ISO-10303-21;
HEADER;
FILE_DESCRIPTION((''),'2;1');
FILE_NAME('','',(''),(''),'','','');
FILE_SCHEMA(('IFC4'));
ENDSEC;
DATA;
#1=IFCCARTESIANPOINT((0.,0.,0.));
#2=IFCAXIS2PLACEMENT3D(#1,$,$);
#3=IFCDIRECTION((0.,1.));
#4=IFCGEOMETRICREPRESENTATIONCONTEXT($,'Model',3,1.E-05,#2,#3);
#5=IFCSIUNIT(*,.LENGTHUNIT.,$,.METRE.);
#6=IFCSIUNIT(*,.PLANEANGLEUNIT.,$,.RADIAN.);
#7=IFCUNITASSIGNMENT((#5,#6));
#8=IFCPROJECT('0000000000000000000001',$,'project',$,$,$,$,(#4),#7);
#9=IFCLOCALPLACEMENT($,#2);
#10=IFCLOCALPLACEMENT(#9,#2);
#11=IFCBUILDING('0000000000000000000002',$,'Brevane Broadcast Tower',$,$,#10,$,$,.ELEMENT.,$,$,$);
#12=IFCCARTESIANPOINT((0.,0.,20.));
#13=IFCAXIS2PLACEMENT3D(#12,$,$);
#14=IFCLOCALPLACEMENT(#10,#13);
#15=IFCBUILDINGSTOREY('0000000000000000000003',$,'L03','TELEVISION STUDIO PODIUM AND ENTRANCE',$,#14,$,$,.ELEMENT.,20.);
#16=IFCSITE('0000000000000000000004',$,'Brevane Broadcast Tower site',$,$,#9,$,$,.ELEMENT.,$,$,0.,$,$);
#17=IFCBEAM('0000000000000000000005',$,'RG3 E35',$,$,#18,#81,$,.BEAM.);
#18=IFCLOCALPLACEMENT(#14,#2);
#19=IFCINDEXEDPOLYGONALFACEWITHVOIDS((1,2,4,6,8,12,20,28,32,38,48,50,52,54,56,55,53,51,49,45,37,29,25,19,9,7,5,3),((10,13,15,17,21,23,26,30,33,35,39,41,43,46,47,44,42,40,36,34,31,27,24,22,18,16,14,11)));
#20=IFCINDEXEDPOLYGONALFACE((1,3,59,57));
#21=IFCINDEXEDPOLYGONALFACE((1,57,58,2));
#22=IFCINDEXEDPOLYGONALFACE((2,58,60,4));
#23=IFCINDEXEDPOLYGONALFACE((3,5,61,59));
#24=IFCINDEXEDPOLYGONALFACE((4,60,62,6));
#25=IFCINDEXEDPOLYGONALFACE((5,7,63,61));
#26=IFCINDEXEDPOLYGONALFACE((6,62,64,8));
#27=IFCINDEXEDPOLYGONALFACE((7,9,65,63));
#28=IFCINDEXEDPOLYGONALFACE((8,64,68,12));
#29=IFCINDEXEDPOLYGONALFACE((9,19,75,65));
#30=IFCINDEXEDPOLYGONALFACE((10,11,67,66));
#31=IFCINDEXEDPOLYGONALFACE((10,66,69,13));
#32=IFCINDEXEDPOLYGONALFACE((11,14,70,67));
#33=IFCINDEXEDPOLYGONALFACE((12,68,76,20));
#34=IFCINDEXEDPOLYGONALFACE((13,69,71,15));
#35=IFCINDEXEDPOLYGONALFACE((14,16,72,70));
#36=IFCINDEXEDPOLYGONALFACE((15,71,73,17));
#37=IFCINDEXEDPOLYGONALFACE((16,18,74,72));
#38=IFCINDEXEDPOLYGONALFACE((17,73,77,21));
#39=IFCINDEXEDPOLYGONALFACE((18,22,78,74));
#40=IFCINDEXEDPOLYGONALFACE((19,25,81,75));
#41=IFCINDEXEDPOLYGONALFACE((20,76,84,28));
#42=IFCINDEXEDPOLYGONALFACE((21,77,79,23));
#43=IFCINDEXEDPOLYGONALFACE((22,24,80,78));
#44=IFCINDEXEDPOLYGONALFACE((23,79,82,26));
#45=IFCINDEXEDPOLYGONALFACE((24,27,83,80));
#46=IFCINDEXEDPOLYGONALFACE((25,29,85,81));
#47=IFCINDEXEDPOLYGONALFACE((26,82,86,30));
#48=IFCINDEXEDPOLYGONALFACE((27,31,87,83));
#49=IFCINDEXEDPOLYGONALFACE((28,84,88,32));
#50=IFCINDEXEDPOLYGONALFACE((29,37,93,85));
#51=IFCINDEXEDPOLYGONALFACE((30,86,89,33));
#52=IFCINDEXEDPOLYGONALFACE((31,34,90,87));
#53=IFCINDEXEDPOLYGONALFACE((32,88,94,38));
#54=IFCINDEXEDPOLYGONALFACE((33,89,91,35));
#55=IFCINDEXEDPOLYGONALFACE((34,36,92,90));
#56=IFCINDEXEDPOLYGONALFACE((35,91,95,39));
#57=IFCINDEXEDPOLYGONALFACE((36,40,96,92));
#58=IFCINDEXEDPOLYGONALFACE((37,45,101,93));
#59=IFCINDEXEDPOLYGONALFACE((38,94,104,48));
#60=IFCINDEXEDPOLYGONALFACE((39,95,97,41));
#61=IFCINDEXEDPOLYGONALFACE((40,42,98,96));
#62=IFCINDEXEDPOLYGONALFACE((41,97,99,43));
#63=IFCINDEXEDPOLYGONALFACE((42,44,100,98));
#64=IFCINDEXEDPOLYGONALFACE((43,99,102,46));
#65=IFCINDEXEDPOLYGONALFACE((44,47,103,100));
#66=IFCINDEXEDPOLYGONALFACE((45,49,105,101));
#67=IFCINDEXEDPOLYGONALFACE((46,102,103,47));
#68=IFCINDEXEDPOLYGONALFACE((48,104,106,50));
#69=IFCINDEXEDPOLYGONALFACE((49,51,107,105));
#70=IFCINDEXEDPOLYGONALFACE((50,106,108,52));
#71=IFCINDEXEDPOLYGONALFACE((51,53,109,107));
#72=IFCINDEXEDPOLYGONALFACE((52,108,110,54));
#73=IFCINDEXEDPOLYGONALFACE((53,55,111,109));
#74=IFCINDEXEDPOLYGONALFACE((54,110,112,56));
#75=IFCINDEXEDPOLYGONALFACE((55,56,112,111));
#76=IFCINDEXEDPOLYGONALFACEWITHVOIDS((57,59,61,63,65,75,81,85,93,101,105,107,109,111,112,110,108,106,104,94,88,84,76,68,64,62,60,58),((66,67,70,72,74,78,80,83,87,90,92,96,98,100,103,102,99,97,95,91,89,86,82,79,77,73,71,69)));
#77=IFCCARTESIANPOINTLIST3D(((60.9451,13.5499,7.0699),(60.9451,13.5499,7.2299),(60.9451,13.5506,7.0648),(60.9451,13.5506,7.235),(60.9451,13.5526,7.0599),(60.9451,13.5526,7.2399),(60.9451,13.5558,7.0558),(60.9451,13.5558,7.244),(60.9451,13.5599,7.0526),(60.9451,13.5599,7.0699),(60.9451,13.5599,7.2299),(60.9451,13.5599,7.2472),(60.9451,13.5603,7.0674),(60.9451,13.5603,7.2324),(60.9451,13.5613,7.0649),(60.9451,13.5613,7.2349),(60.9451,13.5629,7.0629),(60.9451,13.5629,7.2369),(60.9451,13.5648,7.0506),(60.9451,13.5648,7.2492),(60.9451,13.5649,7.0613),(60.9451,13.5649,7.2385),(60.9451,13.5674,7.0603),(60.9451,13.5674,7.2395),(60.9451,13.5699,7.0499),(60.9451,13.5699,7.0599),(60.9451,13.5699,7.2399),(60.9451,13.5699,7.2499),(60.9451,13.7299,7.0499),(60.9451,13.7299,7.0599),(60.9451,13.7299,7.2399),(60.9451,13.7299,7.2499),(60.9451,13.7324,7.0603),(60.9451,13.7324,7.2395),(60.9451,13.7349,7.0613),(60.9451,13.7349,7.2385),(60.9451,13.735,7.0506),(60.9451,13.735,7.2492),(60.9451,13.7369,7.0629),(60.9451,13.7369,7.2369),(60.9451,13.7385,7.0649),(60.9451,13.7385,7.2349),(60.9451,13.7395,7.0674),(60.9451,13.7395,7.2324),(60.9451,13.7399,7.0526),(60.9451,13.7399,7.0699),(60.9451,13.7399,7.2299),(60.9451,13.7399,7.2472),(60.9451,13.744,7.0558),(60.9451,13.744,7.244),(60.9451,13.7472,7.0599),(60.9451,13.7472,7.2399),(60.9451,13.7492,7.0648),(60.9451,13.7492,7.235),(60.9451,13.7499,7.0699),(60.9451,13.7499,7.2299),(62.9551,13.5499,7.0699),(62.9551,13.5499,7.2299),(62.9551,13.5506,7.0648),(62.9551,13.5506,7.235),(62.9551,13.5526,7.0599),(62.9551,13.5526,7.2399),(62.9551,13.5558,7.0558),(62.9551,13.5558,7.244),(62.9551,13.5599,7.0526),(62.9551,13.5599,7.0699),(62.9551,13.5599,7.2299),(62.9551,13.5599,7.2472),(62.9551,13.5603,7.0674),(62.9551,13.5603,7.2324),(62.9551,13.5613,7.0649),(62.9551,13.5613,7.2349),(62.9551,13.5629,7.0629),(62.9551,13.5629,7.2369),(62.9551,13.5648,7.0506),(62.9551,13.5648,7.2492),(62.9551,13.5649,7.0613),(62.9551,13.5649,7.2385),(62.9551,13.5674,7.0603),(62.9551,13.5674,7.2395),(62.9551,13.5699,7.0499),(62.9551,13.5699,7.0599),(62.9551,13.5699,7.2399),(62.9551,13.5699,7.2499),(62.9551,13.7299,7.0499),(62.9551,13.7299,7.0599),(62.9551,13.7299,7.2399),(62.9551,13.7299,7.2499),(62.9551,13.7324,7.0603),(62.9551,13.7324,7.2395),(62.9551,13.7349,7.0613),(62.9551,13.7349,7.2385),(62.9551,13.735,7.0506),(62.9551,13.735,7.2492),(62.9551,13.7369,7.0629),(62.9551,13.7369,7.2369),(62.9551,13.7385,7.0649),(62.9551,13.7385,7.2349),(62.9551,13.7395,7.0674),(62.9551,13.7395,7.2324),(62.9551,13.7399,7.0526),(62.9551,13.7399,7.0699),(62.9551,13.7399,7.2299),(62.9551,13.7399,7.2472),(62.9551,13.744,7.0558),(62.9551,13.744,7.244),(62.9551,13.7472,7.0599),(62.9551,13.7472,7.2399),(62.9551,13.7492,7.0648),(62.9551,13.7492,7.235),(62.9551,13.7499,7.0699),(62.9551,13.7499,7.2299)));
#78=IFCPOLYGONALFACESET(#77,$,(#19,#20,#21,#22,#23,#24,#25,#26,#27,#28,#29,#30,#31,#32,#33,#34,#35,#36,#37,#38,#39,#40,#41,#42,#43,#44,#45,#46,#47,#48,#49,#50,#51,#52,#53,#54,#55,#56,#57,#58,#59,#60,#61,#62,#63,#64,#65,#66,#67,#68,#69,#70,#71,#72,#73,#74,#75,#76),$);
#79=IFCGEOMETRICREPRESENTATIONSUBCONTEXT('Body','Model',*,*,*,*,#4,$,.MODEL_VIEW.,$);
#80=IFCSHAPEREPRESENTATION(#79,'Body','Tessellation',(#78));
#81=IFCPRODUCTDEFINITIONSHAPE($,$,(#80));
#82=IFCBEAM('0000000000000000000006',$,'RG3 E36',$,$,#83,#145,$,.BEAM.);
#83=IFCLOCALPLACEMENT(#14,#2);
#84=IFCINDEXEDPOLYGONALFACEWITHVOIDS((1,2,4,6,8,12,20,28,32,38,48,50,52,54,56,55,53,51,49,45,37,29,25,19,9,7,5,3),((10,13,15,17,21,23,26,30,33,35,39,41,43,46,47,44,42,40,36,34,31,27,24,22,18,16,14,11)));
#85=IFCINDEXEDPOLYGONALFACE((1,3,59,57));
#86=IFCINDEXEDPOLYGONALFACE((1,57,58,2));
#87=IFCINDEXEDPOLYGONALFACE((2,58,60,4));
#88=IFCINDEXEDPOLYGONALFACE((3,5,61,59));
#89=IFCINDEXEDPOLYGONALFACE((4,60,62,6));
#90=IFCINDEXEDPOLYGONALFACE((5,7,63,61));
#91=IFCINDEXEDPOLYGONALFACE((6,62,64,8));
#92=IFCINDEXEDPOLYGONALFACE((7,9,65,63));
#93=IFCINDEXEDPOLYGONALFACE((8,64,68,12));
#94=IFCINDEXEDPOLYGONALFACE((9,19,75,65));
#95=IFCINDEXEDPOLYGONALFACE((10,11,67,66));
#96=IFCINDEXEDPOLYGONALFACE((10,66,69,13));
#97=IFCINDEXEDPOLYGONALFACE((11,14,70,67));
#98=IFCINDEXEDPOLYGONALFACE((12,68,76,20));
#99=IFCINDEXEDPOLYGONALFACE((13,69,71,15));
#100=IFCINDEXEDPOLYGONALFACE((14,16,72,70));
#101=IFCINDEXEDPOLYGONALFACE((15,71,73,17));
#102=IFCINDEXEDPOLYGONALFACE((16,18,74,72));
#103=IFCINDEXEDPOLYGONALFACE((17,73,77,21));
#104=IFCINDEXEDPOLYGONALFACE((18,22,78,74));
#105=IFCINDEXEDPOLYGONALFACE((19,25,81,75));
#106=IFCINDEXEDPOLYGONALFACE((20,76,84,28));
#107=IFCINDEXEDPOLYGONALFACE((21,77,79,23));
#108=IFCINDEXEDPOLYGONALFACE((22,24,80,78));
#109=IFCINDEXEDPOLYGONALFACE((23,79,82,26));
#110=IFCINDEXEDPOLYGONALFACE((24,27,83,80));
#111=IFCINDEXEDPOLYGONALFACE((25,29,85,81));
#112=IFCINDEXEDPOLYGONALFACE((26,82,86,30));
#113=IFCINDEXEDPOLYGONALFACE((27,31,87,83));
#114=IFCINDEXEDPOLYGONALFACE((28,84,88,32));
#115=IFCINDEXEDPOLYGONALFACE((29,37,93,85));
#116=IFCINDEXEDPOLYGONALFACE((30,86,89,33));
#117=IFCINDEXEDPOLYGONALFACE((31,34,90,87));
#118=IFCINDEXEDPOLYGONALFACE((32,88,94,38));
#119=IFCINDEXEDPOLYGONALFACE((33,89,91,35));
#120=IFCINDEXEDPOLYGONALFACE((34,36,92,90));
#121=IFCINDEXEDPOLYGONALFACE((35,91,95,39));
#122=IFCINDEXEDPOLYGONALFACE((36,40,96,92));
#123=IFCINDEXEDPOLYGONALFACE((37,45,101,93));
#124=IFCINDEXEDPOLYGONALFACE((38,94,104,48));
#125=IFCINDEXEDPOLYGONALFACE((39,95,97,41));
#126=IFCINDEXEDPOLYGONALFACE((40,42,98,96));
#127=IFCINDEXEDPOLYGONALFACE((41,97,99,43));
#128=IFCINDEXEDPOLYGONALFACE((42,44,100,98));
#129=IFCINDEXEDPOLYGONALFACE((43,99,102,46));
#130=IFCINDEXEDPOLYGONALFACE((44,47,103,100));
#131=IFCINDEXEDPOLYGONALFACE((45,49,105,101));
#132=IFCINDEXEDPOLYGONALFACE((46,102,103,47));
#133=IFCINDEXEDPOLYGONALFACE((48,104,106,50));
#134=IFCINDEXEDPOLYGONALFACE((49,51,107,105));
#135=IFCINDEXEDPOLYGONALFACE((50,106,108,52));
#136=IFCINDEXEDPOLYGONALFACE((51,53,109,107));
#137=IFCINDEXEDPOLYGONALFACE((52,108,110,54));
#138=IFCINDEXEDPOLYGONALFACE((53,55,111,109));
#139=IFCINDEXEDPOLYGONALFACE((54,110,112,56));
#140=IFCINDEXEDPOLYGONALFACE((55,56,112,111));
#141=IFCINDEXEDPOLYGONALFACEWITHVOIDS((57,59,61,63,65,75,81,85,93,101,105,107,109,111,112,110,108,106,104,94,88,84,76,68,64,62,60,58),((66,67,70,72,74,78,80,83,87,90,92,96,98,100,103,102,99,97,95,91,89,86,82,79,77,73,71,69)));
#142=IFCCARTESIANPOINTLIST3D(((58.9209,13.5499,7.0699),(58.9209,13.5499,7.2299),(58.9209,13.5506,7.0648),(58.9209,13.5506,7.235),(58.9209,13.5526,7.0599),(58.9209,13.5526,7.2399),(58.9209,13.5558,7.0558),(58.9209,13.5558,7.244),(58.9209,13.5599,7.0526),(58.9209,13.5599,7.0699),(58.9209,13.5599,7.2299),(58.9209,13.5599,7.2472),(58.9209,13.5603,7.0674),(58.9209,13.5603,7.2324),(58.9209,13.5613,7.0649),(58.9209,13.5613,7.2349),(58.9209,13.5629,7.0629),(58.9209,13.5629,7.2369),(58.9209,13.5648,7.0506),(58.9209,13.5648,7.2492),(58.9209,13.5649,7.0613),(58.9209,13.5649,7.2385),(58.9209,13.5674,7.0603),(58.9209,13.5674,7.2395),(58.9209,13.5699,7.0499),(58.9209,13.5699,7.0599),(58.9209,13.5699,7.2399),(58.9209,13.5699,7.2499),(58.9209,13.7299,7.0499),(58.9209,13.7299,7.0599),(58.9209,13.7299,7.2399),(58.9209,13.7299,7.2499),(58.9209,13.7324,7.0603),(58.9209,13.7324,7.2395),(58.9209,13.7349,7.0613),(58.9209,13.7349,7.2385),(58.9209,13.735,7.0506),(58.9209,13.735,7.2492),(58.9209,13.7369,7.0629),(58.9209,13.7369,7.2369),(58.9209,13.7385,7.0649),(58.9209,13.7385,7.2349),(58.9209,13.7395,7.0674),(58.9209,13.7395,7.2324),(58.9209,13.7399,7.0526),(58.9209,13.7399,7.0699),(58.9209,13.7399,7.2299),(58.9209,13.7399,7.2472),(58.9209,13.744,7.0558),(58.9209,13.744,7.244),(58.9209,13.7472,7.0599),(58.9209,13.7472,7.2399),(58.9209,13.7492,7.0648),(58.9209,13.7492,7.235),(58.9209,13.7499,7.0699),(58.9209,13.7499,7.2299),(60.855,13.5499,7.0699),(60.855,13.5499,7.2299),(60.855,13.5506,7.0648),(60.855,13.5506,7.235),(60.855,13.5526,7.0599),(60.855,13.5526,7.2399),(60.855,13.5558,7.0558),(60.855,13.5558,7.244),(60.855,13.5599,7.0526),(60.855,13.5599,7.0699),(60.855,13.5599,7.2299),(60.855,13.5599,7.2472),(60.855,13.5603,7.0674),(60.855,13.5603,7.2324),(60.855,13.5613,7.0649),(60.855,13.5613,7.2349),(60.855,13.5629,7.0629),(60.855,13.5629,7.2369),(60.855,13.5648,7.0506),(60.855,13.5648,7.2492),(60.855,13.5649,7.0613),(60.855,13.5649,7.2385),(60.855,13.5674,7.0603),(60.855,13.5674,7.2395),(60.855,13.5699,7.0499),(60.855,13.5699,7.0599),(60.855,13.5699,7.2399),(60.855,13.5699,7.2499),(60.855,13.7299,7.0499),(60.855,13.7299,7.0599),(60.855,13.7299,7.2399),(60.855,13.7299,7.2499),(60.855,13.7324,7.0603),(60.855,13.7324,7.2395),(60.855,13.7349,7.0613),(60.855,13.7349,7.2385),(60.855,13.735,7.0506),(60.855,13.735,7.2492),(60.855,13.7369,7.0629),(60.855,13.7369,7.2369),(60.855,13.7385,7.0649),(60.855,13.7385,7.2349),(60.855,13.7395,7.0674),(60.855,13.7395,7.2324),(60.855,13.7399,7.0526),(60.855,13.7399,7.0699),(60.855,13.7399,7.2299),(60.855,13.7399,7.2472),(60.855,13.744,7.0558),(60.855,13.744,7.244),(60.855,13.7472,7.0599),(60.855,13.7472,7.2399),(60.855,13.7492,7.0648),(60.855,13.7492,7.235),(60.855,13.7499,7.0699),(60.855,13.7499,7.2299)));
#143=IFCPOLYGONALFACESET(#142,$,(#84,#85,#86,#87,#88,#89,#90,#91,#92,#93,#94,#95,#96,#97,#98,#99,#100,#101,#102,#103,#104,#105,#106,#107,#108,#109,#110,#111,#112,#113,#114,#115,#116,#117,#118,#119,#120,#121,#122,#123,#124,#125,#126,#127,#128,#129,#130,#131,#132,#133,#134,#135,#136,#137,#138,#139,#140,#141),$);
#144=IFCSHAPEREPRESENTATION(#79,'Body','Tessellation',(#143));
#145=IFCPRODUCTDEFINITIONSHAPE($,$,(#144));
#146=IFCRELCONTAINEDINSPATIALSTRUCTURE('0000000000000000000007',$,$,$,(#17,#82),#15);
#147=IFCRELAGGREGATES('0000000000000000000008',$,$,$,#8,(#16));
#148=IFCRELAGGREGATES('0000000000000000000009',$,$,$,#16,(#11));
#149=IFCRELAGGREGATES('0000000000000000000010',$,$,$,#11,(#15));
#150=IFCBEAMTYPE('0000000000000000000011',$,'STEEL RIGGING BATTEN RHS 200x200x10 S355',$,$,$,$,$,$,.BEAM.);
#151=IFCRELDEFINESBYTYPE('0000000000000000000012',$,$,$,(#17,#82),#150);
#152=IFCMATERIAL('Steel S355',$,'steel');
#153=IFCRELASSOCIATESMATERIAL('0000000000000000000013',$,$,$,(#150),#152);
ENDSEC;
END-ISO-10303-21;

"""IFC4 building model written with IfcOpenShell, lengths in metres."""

from ifc_helpers import new_model, si_unit, direction, frame, origin, origin_2d, place, context, subcontext, project, spatial, hollow_rectangle, extrude, material, material_profile, profile_set, type_object, element, save


model = new_model("IFC4")

# Units and contexts
model_context = context("Model", 3, precision=1e-05, world=origin(), true_north=direction((0.0, 1.0)))
body_context = subcontext(model_context, "Body", "Model", "MODEL_VIEW")
ifc_project = project(units=[si_unit("LENGTHUNIT", "METRE"), si_unit("PLANEANGLEUNIT", "RADIAN")], contexts=[model_context])

# Site, building, storey
site_placement = place(None, origin())
site = spatial("IfcSite", under=ifc_project, at=site_placement, Name="Brevane Broadcast Tower site", CompositionType="ELEMENT", RefElevation=0.0)
building_placement = place(site_placement, origin())
building = spatial("IfcBuilding", under=site, at=building_placement, Name="Brevane Broadcast Tower", CompositionType="ELEMENT")
storey_placement = place(building_placement, frame((0.0, 0.0, 20.0)))
storey = spatial("IfcBuildingStorey", under=building, at=storey_placement, Name="L03", Description="TELEVISION STUDIO PODIUM AND ENTRANCE", CompositionType="ELEMENT", Elevation=20.0)

# Beams
ifc_material_1 = material(Name="Steel S355", Category="steel")
ifc_material_profile_1 = material_profile(ifc_material_1, hollow_rectangle(XDim=0.2, YDim=0.2, WallThickness=0.01, InnerFilletRadius=0.01, OuterFilletRadius=0.02, at=origin_2d()), Name="RHS 200x200x10")
ifc_profile_set_1 = profile_set([ifc_material_profile_1], Name="Steel S355")
beam_type_1 = type_object("IfcBeamType", Name="STEEL RIGGING BATTEN RHS 200x200x10 S355", PredefinedType="BEAM", material=ifc_profile_set_1)
for number, where, z_axis, x_axis, name in (
    (1, (62.9551, 13.6499, 7.1499), (-1.0, 0.0, 0.0), (0.0, -1.0, 0.0), "RG3 E35"),
):
    element("IfcBeam", number, at=place(storey_placement, frame(where, z_axis=z_axis, x_axis=x_axis)), inside=storey, type_object=beam_type_1, Name=name, PredefinedType="BEAM", context=body_context, shape_type="SweptSolid", body=[
        extrude(hollow_rectangle(XDim=0.2, YDim=0.2, WallThickness=0.01, InnerFilletRadius=0.01, OuterFilletRadius=0.02, at=origin_2d()), origin(), (0.0, 0.0, 1.0), 2.01),
    ])
beam_1_placement = place(storey_placement, frame((60.855, 13.6499, 7.1499), z_axis=(-1.0, 0.0, 0.0), x_axis=(0.0, -1.0, 0.0)))
element("IfcBeam", 2, at=beam_1_placement, inside=storey, type_object=beam_type_1, Name="RG3 E36", PredefinedType="BEAM", context=body_context, shape_type="SweptSolid", body=[
    extrude(hollow_rectangle(XDim=0.2, YDim=0.2, WallThickness=0.01, InnerFilletRadius=0.01, OuterFilletRadius=0.02, at=origin_2d()), origin(), (0.0, 0.0, 1.0), 1.9341),
])

save(model, "model.ifc")
